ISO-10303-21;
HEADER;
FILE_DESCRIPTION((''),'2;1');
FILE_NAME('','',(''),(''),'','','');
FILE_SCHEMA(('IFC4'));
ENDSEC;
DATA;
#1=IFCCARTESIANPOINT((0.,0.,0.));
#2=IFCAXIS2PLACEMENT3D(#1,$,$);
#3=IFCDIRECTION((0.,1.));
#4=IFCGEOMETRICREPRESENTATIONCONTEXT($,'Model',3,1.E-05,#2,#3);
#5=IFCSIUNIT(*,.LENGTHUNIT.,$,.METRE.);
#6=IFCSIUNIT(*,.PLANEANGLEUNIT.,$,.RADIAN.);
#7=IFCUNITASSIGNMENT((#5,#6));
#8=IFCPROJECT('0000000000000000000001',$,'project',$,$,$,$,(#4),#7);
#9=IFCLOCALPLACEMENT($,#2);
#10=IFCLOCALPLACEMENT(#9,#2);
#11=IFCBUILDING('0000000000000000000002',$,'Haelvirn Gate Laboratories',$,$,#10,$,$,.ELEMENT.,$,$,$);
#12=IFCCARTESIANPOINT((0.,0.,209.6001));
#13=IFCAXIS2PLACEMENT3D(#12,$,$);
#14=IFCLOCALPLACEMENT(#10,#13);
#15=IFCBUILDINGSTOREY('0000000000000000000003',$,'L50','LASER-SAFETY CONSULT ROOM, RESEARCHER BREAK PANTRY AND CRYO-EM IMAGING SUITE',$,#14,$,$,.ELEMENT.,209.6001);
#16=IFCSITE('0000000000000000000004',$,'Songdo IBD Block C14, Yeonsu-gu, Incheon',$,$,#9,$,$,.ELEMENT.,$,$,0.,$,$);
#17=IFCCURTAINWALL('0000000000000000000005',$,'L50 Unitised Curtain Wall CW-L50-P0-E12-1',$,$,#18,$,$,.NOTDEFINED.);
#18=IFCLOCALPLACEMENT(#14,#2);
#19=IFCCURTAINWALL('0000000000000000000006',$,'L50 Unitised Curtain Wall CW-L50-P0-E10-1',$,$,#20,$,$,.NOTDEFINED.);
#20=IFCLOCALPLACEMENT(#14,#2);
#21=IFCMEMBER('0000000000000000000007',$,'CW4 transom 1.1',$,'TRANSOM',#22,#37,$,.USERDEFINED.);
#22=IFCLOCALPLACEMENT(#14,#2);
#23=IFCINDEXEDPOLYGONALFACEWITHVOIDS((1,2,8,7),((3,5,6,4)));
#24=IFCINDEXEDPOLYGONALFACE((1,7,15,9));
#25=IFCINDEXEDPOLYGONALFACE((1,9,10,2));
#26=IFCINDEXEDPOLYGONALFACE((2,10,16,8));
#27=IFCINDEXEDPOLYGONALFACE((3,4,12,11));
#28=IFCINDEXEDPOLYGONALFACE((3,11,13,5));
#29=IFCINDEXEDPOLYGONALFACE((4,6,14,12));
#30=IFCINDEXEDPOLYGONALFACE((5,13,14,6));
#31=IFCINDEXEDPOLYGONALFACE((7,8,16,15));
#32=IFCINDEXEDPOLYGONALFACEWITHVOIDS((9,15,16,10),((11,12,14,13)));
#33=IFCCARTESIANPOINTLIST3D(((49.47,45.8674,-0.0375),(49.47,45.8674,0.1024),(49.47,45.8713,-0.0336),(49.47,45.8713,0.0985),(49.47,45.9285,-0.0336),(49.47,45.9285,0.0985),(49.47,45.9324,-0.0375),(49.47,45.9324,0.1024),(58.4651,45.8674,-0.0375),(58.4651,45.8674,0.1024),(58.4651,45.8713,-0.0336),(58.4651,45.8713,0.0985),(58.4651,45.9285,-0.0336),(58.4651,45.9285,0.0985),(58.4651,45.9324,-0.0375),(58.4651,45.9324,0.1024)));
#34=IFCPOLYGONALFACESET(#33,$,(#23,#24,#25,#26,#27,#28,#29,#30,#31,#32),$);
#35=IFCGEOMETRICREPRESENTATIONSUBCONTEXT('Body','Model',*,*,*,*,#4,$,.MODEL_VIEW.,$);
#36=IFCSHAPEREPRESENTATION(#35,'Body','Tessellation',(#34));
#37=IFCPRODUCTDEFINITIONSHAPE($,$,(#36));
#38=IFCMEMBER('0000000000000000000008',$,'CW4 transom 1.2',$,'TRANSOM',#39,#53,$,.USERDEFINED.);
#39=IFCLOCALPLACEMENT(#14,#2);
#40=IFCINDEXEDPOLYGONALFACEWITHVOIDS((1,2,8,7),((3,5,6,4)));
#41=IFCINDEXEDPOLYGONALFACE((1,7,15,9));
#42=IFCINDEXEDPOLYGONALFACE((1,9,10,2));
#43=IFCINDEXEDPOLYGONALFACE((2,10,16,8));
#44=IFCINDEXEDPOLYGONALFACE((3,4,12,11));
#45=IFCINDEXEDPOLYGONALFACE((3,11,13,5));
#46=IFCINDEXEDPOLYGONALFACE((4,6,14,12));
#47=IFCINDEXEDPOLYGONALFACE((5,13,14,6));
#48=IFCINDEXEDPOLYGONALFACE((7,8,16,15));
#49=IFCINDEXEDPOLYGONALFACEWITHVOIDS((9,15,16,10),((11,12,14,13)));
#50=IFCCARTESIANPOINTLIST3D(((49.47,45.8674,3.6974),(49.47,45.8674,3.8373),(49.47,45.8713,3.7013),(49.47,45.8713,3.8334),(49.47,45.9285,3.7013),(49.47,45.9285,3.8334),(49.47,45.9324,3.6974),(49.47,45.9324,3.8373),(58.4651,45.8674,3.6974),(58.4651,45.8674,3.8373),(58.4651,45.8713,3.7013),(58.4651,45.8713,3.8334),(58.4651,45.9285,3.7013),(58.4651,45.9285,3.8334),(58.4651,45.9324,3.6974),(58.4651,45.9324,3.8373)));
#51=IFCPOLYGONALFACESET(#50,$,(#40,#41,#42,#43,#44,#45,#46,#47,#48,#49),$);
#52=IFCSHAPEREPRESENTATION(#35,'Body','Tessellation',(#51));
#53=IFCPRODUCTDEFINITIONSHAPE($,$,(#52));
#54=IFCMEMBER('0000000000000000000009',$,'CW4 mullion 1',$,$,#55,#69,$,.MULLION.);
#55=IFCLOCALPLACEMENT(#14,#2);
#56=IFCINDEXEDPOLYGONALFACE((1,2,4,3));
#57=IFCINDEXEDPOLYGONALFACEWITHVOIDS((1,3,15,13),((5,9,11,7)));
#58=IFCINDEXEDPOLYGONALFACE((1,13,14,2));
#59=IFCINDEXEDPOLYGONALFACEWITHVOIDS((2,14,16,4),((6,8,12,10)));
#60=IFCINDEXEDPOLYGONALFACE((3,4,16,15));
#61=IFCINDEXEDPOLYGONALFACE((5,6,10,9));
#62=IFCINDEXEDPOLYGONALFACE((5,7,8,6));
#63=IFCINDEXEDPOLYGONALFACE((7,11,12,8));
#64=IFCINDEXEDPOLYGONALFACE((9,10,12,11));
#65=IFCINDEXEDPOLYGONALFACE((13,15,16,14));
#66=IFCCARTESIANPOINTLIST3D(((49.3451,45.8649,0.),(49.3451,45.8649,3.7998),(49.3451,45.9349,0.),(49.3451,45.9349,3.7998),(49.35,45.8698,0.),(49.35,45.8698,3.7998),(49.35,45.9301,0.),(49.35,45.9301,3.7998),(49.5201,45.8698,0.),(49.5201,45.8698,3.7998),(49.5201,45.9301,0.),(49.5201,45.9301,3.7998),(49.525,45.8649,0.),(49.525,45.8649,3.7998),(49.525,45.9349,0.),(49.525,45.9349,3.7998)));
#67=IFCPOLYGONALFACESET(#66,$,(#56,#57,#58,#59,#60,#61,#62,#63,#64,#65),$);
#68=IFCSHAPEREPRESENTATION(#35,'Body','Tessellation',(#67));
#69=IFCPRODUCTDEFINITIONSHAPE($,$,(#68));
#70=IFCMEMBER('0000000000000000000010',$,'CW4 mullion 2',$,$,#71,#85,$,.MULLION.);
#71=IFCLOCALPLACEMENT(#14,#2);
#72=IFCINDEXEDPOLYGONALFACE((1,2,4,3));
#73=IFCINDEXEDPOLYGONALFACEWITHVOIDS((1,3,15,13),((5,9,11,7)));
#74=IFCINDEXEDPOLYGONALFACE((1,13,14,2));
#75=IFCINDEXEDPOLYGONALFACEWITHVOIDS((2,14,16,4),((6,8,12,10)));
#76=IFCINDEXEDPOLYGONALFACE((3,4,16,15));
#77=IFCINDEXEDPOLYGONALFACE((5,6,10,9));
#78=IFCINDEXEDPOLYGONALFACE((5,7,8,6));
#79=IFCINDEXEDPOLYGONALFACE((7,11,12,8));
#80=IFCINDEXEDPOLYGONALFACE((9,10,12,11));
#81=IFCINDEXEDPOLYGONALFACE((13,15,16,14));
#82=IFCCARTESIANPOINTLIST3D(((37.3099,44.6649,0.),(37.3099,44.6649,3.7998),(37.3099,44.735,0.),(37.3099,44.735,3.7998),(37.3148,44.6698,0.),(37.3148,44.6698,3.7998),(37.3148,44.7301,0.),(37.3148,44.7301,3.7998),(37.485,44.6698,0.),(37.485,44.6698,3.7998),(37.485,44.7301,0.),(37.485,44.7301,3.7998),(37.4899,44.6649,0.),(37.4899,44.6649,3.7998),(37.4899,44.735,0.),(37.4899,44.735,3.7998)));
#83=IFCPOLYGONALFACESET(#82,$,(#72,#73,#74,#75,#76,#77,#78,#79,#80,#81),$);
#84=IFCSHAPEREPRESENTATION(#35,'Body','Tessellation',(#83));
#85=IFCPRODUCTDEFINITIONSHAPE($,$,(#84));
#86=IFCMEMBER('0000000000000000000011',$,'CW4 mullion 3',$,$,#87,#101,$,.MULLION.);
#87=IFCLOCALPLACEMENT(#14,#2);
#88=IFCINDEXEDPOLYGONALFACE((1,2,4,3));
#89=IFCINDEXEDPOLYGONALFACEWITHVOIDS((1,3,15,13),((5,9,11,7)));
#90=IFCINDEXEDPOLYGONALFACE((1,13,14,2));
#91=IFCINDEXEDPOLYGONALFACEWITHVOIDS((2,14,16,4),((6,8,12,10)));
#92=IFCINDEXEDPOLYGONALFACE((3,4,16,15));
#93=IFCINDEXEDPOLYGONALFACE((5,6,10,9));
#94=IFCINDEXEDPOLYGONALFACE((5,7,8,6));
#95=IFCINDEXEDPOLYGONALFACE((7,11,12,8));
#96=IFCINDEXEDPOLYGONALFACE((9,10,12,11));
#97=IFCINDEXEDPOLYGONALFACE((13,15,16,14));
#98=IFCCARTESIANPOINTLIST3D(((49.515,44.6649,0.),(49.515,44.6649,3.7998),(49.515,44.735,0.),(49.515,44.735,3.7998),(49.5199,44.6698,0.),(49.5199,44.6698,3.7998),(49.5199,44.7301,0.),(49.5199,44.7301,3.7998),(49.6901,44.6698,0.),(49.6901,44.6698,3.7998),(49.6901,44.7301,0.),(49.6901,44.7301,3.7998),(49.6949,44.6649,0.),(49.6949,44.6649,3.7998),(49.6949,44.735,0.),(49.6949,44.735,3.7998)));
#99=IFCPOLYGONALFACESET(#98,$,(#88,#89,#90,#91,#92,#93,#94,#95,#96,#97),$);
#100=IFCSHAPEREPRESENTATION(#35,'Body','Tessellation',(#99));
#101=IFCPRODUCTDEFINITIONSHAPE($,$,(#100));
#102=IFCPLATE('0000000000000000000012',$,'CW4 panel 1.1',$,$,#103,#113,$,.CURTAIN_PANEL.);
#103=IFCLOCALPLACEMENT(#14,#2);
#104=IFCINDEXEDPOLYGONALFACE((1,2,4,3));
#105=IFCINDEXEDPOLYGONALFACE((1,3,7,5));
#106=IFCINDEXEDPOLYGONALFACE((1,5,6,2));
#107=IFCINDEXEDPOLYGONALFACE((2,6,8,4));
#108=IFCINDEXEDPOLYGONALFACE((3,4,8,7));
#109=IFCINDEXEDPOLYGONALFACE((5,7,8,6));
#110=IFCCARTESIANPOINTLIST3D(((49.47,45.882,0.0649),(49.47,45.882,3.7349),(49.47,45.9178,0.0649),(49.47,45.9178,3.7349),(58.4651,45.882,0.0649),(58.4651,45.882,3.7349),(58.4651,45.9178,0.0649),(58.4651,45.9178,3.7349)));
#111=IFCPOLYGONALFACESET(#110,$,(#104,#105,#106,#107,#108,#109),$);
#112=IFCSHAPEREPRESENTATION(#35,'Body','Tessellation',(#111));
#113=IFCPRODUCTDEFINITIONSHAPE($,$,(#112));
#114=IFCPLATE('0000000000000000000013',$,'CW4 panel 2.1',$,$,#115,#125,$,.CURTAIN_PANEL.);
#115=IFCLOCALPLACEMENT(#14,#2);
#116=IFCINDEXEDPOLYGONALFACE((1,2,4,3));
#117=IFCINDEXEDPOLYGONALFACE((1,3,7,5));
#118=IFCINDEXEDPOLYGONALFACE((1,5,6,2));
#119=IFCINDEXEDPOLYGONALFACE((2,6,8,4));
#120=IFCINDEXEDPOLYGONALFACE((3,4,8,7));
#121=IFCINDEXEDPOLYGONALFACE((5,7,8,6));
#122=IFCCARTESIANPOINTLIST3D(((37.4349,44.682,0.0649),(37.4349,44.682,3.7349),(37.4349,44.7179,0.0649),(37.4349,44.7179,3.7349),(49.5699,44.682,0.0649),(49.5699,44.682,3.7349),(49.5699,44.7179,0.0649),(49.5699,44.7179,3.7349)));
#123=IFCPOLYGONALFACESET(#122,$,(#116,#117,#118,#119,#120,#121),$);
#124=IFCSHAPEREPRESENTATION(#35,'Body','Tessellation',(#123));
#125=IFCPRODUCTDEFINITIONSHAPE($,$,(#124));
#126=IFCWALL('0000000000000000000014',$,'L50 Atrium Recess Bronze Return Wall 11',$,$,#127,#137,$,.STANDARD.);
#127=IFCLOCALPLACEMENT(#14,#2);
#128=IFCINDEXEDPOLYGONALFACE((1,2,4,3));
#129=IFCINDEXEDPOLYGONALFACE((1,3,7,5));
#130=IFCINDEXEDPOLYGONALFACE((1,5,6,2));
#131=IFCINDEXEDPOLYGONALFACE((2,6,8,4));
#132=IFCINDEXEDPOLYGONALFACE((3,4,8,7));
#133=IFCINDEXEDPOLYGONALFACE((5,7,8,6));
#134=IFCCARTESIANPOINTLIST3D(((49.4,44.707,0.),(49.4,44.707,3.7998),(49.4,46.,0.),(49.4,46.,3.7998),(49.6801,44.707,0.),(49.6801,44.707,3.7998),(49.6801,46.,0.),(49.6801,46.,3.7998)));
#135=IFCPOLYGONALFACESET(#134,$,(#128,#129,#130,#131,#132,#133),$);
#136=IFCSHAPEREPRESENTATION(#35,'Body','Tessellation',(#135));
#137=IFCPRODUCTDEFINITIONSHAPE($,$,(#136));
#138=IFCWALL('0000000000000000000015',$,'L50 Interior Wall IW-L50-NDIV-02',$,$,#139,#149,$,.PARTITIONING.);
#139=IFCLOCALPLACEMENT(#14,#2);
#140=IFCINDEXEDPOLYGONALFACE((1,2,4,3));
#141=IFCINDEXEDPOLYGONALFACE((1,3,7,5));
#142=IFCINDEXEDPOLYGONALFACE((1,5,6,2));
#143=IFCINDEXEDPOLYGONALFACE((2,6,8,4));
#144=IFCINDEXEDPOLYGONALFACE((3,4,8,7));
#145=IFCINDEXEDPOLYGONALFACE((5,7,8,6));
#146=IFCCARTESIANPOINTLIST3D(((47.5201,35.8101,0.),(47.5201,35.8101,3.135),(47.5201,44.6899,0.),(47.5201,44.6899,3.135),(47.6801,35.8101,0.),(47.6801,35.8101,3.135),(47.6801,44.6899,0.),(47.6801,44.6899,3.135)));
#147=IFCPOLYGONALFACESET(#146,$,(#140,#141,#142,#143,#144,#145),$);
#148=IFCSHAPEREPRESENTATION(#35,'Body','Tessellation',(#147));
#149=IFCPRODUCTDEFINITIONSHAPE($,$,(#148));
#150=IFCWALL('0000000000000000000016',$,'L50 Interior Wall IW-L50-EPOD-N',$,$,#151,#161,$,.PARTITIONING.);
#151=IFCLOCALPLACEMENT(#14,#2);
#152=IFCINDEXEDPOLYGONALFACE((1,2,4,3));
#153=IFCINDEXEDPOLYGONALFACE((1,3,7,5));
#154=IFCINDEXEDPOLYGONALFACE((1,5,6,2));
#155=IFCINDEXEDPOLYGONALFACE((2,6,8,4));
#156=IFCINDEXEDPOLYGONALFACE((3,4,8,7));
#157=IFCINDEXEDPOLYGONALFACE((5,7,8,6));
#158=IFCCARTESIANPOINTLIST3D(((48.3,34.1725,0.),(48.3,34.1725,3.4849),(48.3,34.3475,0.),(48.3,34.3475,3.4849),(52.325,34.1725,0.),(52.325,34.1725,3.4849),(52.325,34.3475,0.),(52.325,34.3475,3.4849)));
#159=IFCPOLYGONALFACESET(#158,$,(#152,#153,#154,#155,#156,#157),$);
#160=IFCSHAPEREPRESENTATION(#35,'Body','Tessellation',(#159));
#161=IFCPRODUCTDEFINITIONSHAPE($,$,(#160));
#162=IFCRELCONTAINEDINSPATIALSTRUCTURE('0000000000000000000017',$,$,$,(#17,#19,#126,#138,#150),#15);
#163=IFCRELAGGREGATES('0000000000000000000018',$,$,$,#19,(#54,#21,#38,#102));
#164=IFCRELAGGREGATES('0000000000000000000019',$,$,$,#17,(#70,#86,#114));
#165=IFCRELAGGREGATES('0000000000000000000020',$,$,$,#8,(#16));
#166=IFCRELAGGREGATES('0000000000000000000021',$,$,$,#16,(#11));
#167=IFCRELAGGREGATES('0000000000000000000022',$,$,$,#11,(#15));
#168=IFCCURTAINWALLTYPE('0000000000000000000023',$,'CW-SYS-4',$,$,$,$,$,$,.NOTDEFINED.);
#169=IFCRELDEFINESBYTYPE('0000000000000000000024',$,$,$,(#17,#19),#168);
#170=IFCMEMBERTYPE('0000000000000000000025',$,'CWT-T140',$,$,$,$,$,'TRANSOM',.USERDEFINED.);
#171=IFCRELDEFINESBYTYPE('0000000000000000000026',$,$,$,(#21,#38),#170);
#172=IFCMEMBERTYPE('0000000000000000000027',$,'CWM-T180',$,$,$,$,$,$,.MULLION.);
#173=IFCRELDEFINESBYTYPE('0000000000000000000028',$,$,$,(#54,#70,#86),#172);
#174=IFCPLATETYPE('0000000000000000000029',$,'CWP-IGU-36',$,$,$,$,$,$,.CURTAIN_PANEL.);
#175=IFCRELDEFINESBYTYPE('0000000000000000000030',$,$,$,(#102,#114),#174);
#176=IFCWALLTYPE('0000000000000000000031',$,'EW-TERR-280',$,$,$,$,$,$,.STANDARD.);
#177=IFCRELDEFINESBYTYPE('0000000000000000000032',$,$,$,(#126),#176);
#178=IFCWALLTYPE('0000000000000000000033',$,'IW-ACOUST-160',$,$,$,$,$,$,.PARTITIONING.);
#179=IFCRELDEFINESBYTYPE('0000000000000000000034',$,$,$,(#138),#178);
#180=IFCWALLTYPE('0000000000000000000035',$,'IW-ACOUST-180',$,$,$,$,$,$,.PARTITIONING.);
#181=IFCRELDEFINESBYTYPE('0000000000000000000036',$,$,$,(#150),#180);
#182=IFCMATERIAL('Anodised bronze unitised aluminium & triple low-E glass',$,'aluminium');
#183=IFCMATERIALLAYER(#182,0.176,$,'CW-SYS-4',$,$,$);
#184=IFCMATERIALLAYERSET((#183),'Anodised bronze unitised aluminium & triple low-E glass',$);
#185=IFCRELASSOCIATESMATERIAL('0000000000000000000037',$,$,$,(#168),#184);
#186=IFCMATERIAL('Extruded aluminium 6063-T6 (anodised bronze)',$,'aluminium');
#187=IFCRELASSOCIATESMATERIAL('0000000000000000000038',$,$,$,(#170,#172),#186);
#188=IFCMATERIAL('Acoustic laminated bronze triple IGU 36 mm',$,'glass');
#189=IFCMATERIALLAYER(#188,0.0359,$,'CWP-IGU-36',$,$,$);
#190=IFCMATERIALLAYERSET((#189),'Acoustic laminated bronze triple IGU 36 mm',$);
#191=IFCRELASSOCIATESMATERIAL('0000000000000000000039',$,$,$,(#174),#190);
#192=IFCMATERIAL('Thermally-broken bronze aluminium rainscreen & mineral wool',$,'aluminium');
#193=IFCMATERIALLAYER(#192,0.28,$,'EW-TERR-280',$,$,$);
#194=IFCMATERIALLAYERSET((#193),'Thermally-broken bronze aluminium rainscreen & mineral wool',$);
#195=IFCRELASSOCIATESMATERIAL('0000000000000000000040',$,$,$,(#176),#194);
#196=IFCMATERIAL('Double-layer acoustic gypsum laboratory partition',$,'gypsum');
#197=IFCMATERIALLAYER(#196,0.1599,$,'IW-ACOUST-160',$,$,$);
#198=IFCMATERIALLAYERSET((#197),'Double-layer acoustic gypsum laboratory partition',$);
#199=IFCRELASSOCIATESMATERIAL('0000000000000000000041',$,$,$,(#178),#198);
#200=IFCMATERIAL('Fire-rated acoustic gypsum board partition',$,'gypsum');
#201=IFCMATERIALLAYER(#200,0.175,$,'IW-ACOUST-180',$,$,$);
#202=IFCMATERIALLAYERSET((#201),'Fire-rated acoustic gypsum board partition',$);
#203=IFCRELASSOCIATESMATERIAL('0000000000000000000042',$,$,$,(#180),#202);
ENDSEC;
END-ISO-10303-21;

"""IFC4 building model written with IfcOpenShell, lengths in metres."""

from ifc_helpers import new_model, si_unit, direction, frame, frame_2d, origin, origin_2d, place, context, subcontext, project, spatial, rectangle, hollow_rectangle, extrude, source, transform, mapped, material, layer, layer_set, material_profile, profile_set, type_object, type_shapes, element, aggregate, save


model = new_model("IFC4")

# Units and contexts
model_context = context("Model", 3, precision=1e-05, world=origin(), true_north=direction((0.0, 1.0)))
body_context = subcontext(model_context, "Body", "Model", "MODEL_VIEW")
ifc_project = project(units=[si_unit("LENGTHUNIT", "METRE"), si_unit("PLANEANGLEUNIT", "RADIAN")], contexts=[model_context])

# Site, building, storey
site_placement = place(None, origin())
site = spatial("IfcSite", under=ifc_project, at=site_placement, Name="Songdo IBD Block C14, Yeonsu-gu, Incheon", CompositionType="ELEMENT", RefElevation=0.0)
building_placement = place(site_placement, origin())
building = spatial("IfcBuilding", under=site, at=building_placement, Name="Haelvirn Gate Laboratories", CompositionType="ELEMENT")
storey_placement = place(building_placement, frame((0.0, 0.0, 209.6001)))
storey = spatial("IfcBuildingStorey", under=building, at=storey_placement, Name="L50", Description="LASER-SAFETY CONSULT ROOM, RESEARCHER BREAK PANTRY AND CRYO-EM IMAGING SUITE", CompositionType="ELEMENT", Elevation=209.6001)

# Curtain walls, members
ifc_material_1 = material(Name="Anodised bronze unitised aluminium & triple low-E glass", Category="aluminium")
ifc_layer_1 = layer(ifc_material_1, 0.176, Name="CW-SYS-4")
ifc_layer_set_1 = layer_set([ifc_layer_1], Name="Anodised bronze unitised aluminium & triple low-E glass")
curtain_wall_type = type_object("IfcCurtainWallType", Name="CW-SYS-4", PredefinedType="NOTDEFINED", material=ifc_layer_set_1)
curtain_wall_1_placement = place(storey_placement, origin())
curtain_wall_1 = element("IfcCurtainWall", 1, at=curtain_wall_1_placement, inside=storey, type_object=curtain_wall_type, Name="L50 Unitised Curtain Wall CW-L50-P0-E12-1", PredefinedType="NOTDEFINED")
ifc_material_2 = material(Name="Extruded aluminium 6063-T6 (anodised bronze)", Category="aluminium")
ifc_material_profile_1 = material_profile(ifc_material_2, hollow_rectangle(XDim=0.0649, YDim=0.1399, WallThickness=0.0039, at=origin_2d()), Name="CWT-140x65x4")
ifc_profile_set_1 = profile_set([ifc_material_profile_1], Name="Extruded aluminium 6063-T6 (anodised bronze)")
member_type_1 = type_object("IfcMemberType", Name="CWT-T140", ElementType="TRANSOM", PredefinedType="USERDEFINED", material=ifc_profile_set_1)
curtain_wall_2_placement = place(storey_placement, origin())
curtain_wall_2 = element("IfcCurtainWall", 2, at=curtain_wall_2_placement, inside=storey, type_object=curtain_wall_type, Name="L50 Unitised Curtain Wall CW-L50-P0-E10-1", PredefinedType="NOTDEFINED")
shared_shape_1 = source(origin(), body_context, "Body", "SweptSolid", [
    extrude(hollow_rectangle(XDim=0.0649, YDim=0.1399, WallThickness=0.0039, at=origin_2d()), origin(), (0.0, 0.0, 1.0), 8.9951),
])
member_1_placement = place(storey_placement, frame((49.47, 45.8999, 0.0325), z_axis=(1.0, 0.0, 0.0), x_axis=(0.0, 1.0, 0.0)))
member_1 = element("IfcMember", 3, at=member_1_placement, type_object=member_type_1, Name="CW4 transom 1.1", ObjectType="TRANSOM", PredefinedType="USERDEFINED", context=body_context, shape_type="MappedRepresentation", body=[
    mapped(shared_shape_1, transform((0.0, 0.0, 0.0), scale=1.0)),
])
member_2_placement = place(storey_placement, frame((49.47, 45.8999, 3.7673), z_axis=(1.0, 0.0, 0.0), x_axis=(0.0, 1.0, 0.0)))
member_2 = element("IfcMember", 4, at=member_2_placement, type_object=member_type_1, Name="CW4 transom 1.2", ObjectType="TRANSOM", PredefinedType="USERDEFINED", context=body_context, shape_type="MappedRepresentation", body=[
    mapped(shared_shape_1, transform((0.0, 0.0, 0.0), scale=1.0)),
])
ifc_material_profile_2 = material_profile(ifc_material_2, hollow_rectangle(XDim=0.0701, YDim=0.1799, WallThickness=0.0049, at=origin_2d()), Name="CWM-180x70x5")
ifc_profile_set_2 = profile_set([ifc_material_profile_2], Name="Extruded aluminium 6063-T6 (anodised bronze)")
member_type_2 = type_object("IfcMemberType", Name="CWM-T180", PredefinedType="MULLION", material=ifc_profile_set_2)
shared_shape_2 = source(origin(), body_context, "Body", "SweptSolid", [
    extrude(hollow_rectangle(XDim=0.0701, YDim=0.1799, WallThickness=0.0049, at=origin_2d()), origin(), (0.0, 0.0, 1.0), 3.7998),
])
type_shapes(member_type_2, [shared_shape_2])
member_3_placement = place(storey_placement, frame((49.4351, 45.8999, 0.0), z_axis=(0.0, 0.0, 1.0), x_axis=(0.0, 1.0, 0.0)))
member_3 = element("IfcMember", 5, at=member_3_placement, type_object=member_type_2, Name="CW4 mullion 1", PredefinedType="MULLION", context=body_context, shape_type="MappedRepresentation", body=[
    mapped(shared_shape_2, transform((0.0, 0.0, 0.0), scale=1.0)),
])

# Members
member_4_placement = place(storey_placement, frame((37.3999, 44.7, 0.0), z_axis=(0.0, 0.0, 1.0), x_axis=(0.0, 1.0, 0.0)))
member_4 = element("IfcMember", 6, at=member_4_placement, type_object=member_type_2, Name="CW4 mullion 2", PredefinedType="MULLION", context=body_context, shape_type="MappedRepresentation", body=[
    mapped(shared_shape_2, transform((0.0, 0.0, 0.0), scale=1.0)),
])
member_5_placement = place(storey_placement, frame((49.605, 44.7, 0.0), z_axis=(0.0, 0.0, 1.0), x_axis=(0.0, 1.0, 0.0)))
member_5 = element("IfcMember", 7, at=member_5_placement, type_object=member_type_2, Name="CW4 mullion 3", PredefinedType="MULLION", context=body_context, shape_type="MappedRepresentation", body=[
    mapped(shared_shape_2, transform((0.0, 0.0, 0.0), scale=1.0)),
])

# Plates
ifc_material_3 = material(Name="Acoustic laminated bronze triple IGU 36 mm", Category="glass")
ifc_layer_2 = layer(ifc_material_3, 0.0359, Name="CWP-IGU-36")
ifc_layer_set_2 = layer_set([ifc_layer_2], Name="Acoustic laminated bronze triple IGU 36 mm")
plate_type = type_object("IfcPlateType", Name="CWP-IGU-36", PredefinedType="CURTAIN_PANEL", material=ifc_layer_set_2)
shared_shape_3 = source(origin(), body_context, "Body", "SweptSolid", [
    extrude(rectangle(XDim=8.9951, YDim=0.0359, at=origin_2d()), origin(), (0.0, 0.0, 1.0), 3.6699),
])
plate_1_placement = place(storey_placement, frame((53.9675, 45.8999, 0.0649), z_axis=(0.0, 0.0, 1.0), x_axis=(1.0, 0.0, 0.0)))
plate_1 = element("IfcPlate", 8, at=plate_1_placement, type_object=plate_type, Name="CW4 panel 1.1", PredefinedType="CURTAIN_PANEL", context=body_context, shape_type="MappedRepresentation", body=[
    mapped(shared_shape_3, transform((0.0, 0.0, 0.0), scale=1.0)),
])
aggregate(curtain_wall_2, [member_3, member_1, member_2, plate_1])
shared_shape_4 = source(origin(), body_context, "Body", "SweptSolid", [
    extrude(rectangle(XDim=12.135, YDim=0.0359, at=origin_2d()), origin(), (0.0, 0.0, 1.0), 3.6699),
])
type_shapes(plate_type, [shared_shape_3, shared_shape_4])
plate_2_placement = place(storey_placement, frame((43.5024, 44.7, 0.0649), z_axis=(0.0, 0.0, 1.0), x_axis=(1.0, 0.0, 0.0)))
plate_2 = element("IfcPlate", 9, at=plate_2_placement, type_object=plate_type, Name="CW4 panel 2.1", PredefinedType="CURTAIN_PANEL", context=body_context, shape_type="MappedRepresentation", body=[
    mapped(shared_shape_4, transform((0.0, 0.0, 0.0), scale=1.0)),
])
aggregate(curtain_wall_1, [member_4, member_5, plate_2])

# Walls
ifc_material_4 = material(Name="Thermally-broken bronze aluminium rainscreen & mineral wool", Category="aluminium")
ifc_layer_3 = layer(ifc_material_4, 0.28, Name="EW-TERR-280")
ifc_layer_set_3 = layer_set([ifc_layer_3], Name="Thermally-broken bronze aluminium rainscreen & mineral wool")
wall_type_1 = type_object("IfcWallType", Name="EW-TERR-280", PredefinedType="STANDARD", material=ifc_layer_set_3)
wall_1_placement = place(storey_placement, frame((49.54, 46.0, 0.0), z_axis=(0.0, 0.0, 1.0), x_axis=(0.0, -1.0, 0.0)))
element("IfcWall", 10, at=wall_1_placement, inside=storey, type_object=wall_type_1, Name="L50 Atrium Recess Bronze Return Wall 11", PredefinedType="STANDARD", context=body_context, shape_type="SweptSolid", body=[
    extrude(rectangle(XDim=1.293, YDim=0.28, at=frame_2d((0.6465, 0.0))), origin(), (0.0, 0.0, 1.0), 3.7998),
])
ifc_material_5 = material(Name="Double-layer acoustic gypsum laboratory partition", Category="gypsum")
ifc_layer_4 = layer(ifc_material_5, 0.1599, Name="IW-ACOUST-160")
ifc_layer_set_4 = layer_set([ifc_layer_4], Name="Double-layer acoustic gypsum laboratory partition")
wall_type_2 = type_object("IfcWallType", Name="IW-ACOUST-160", PredefinedType="PARTITIONING", material=ifc_layer_set_4)
wall_2_placement = place(storey_placement, frame((47.6001, 35.8101, 0.0), z_axis=(0.0, 0.0, 1.0), x_axis=(0.0, 1.0, 0.0)))
element("IfcWall", 11, at=wall_2_placement, inside=storey, type_object=wall_type_2, Name="L50 Interior Wall IW-L50-NDIV-02", PredefinedType="PARTITIONING", context=body_context, shape_type="SweptSolid", body=[
    extrude(rectangle(XDim=8.8799, YDim=0.1599, at=frame_2d((4.4399, 0.0))), origin(), (0.0, 0.0, 1.0), 3.135),
])
ifc_material_6 = material(Name="Fire-rated acoustic gypsum board partition", Category="gypsum")
ifc_layer_5 = layer(ifc_material_6, 0.175, Name="IW-ACOUST-180")
ifc_layer_set_5 = layer_set([ifc_layer_5], Name="Fire-rated acoustic gypsum board partition")
wall_type_3 = type_object("IfcWallType", Name="IW-ACOUST-180", PredefinedType="PARTITIONING", material=ifc_layer_set_5)
wall_3_placement = place(storey_placement, frame((48.3, 34.26, 0.0), z_axis=(0.0, 0.0, 1.0), x_axis=(1.0, 0.0, 0.0)))
element("IfcWall", 12, at=wall_3_placement, inside=storey, type_object=wall_type_3, Name="L50 Interior Wall IW-L50-EPOD-N", PredefinedType="PARTITIONING", context=body_context, shape_type="SweptSolid", body=[
    extrude(rectangle(XDim=4.0249, YDim=0.175, at=frame_2d((2.0125, 0.0))), origin(), (0.0, 0.0, 1.0), 3.4849),
])

save(model, "model.ifc")
